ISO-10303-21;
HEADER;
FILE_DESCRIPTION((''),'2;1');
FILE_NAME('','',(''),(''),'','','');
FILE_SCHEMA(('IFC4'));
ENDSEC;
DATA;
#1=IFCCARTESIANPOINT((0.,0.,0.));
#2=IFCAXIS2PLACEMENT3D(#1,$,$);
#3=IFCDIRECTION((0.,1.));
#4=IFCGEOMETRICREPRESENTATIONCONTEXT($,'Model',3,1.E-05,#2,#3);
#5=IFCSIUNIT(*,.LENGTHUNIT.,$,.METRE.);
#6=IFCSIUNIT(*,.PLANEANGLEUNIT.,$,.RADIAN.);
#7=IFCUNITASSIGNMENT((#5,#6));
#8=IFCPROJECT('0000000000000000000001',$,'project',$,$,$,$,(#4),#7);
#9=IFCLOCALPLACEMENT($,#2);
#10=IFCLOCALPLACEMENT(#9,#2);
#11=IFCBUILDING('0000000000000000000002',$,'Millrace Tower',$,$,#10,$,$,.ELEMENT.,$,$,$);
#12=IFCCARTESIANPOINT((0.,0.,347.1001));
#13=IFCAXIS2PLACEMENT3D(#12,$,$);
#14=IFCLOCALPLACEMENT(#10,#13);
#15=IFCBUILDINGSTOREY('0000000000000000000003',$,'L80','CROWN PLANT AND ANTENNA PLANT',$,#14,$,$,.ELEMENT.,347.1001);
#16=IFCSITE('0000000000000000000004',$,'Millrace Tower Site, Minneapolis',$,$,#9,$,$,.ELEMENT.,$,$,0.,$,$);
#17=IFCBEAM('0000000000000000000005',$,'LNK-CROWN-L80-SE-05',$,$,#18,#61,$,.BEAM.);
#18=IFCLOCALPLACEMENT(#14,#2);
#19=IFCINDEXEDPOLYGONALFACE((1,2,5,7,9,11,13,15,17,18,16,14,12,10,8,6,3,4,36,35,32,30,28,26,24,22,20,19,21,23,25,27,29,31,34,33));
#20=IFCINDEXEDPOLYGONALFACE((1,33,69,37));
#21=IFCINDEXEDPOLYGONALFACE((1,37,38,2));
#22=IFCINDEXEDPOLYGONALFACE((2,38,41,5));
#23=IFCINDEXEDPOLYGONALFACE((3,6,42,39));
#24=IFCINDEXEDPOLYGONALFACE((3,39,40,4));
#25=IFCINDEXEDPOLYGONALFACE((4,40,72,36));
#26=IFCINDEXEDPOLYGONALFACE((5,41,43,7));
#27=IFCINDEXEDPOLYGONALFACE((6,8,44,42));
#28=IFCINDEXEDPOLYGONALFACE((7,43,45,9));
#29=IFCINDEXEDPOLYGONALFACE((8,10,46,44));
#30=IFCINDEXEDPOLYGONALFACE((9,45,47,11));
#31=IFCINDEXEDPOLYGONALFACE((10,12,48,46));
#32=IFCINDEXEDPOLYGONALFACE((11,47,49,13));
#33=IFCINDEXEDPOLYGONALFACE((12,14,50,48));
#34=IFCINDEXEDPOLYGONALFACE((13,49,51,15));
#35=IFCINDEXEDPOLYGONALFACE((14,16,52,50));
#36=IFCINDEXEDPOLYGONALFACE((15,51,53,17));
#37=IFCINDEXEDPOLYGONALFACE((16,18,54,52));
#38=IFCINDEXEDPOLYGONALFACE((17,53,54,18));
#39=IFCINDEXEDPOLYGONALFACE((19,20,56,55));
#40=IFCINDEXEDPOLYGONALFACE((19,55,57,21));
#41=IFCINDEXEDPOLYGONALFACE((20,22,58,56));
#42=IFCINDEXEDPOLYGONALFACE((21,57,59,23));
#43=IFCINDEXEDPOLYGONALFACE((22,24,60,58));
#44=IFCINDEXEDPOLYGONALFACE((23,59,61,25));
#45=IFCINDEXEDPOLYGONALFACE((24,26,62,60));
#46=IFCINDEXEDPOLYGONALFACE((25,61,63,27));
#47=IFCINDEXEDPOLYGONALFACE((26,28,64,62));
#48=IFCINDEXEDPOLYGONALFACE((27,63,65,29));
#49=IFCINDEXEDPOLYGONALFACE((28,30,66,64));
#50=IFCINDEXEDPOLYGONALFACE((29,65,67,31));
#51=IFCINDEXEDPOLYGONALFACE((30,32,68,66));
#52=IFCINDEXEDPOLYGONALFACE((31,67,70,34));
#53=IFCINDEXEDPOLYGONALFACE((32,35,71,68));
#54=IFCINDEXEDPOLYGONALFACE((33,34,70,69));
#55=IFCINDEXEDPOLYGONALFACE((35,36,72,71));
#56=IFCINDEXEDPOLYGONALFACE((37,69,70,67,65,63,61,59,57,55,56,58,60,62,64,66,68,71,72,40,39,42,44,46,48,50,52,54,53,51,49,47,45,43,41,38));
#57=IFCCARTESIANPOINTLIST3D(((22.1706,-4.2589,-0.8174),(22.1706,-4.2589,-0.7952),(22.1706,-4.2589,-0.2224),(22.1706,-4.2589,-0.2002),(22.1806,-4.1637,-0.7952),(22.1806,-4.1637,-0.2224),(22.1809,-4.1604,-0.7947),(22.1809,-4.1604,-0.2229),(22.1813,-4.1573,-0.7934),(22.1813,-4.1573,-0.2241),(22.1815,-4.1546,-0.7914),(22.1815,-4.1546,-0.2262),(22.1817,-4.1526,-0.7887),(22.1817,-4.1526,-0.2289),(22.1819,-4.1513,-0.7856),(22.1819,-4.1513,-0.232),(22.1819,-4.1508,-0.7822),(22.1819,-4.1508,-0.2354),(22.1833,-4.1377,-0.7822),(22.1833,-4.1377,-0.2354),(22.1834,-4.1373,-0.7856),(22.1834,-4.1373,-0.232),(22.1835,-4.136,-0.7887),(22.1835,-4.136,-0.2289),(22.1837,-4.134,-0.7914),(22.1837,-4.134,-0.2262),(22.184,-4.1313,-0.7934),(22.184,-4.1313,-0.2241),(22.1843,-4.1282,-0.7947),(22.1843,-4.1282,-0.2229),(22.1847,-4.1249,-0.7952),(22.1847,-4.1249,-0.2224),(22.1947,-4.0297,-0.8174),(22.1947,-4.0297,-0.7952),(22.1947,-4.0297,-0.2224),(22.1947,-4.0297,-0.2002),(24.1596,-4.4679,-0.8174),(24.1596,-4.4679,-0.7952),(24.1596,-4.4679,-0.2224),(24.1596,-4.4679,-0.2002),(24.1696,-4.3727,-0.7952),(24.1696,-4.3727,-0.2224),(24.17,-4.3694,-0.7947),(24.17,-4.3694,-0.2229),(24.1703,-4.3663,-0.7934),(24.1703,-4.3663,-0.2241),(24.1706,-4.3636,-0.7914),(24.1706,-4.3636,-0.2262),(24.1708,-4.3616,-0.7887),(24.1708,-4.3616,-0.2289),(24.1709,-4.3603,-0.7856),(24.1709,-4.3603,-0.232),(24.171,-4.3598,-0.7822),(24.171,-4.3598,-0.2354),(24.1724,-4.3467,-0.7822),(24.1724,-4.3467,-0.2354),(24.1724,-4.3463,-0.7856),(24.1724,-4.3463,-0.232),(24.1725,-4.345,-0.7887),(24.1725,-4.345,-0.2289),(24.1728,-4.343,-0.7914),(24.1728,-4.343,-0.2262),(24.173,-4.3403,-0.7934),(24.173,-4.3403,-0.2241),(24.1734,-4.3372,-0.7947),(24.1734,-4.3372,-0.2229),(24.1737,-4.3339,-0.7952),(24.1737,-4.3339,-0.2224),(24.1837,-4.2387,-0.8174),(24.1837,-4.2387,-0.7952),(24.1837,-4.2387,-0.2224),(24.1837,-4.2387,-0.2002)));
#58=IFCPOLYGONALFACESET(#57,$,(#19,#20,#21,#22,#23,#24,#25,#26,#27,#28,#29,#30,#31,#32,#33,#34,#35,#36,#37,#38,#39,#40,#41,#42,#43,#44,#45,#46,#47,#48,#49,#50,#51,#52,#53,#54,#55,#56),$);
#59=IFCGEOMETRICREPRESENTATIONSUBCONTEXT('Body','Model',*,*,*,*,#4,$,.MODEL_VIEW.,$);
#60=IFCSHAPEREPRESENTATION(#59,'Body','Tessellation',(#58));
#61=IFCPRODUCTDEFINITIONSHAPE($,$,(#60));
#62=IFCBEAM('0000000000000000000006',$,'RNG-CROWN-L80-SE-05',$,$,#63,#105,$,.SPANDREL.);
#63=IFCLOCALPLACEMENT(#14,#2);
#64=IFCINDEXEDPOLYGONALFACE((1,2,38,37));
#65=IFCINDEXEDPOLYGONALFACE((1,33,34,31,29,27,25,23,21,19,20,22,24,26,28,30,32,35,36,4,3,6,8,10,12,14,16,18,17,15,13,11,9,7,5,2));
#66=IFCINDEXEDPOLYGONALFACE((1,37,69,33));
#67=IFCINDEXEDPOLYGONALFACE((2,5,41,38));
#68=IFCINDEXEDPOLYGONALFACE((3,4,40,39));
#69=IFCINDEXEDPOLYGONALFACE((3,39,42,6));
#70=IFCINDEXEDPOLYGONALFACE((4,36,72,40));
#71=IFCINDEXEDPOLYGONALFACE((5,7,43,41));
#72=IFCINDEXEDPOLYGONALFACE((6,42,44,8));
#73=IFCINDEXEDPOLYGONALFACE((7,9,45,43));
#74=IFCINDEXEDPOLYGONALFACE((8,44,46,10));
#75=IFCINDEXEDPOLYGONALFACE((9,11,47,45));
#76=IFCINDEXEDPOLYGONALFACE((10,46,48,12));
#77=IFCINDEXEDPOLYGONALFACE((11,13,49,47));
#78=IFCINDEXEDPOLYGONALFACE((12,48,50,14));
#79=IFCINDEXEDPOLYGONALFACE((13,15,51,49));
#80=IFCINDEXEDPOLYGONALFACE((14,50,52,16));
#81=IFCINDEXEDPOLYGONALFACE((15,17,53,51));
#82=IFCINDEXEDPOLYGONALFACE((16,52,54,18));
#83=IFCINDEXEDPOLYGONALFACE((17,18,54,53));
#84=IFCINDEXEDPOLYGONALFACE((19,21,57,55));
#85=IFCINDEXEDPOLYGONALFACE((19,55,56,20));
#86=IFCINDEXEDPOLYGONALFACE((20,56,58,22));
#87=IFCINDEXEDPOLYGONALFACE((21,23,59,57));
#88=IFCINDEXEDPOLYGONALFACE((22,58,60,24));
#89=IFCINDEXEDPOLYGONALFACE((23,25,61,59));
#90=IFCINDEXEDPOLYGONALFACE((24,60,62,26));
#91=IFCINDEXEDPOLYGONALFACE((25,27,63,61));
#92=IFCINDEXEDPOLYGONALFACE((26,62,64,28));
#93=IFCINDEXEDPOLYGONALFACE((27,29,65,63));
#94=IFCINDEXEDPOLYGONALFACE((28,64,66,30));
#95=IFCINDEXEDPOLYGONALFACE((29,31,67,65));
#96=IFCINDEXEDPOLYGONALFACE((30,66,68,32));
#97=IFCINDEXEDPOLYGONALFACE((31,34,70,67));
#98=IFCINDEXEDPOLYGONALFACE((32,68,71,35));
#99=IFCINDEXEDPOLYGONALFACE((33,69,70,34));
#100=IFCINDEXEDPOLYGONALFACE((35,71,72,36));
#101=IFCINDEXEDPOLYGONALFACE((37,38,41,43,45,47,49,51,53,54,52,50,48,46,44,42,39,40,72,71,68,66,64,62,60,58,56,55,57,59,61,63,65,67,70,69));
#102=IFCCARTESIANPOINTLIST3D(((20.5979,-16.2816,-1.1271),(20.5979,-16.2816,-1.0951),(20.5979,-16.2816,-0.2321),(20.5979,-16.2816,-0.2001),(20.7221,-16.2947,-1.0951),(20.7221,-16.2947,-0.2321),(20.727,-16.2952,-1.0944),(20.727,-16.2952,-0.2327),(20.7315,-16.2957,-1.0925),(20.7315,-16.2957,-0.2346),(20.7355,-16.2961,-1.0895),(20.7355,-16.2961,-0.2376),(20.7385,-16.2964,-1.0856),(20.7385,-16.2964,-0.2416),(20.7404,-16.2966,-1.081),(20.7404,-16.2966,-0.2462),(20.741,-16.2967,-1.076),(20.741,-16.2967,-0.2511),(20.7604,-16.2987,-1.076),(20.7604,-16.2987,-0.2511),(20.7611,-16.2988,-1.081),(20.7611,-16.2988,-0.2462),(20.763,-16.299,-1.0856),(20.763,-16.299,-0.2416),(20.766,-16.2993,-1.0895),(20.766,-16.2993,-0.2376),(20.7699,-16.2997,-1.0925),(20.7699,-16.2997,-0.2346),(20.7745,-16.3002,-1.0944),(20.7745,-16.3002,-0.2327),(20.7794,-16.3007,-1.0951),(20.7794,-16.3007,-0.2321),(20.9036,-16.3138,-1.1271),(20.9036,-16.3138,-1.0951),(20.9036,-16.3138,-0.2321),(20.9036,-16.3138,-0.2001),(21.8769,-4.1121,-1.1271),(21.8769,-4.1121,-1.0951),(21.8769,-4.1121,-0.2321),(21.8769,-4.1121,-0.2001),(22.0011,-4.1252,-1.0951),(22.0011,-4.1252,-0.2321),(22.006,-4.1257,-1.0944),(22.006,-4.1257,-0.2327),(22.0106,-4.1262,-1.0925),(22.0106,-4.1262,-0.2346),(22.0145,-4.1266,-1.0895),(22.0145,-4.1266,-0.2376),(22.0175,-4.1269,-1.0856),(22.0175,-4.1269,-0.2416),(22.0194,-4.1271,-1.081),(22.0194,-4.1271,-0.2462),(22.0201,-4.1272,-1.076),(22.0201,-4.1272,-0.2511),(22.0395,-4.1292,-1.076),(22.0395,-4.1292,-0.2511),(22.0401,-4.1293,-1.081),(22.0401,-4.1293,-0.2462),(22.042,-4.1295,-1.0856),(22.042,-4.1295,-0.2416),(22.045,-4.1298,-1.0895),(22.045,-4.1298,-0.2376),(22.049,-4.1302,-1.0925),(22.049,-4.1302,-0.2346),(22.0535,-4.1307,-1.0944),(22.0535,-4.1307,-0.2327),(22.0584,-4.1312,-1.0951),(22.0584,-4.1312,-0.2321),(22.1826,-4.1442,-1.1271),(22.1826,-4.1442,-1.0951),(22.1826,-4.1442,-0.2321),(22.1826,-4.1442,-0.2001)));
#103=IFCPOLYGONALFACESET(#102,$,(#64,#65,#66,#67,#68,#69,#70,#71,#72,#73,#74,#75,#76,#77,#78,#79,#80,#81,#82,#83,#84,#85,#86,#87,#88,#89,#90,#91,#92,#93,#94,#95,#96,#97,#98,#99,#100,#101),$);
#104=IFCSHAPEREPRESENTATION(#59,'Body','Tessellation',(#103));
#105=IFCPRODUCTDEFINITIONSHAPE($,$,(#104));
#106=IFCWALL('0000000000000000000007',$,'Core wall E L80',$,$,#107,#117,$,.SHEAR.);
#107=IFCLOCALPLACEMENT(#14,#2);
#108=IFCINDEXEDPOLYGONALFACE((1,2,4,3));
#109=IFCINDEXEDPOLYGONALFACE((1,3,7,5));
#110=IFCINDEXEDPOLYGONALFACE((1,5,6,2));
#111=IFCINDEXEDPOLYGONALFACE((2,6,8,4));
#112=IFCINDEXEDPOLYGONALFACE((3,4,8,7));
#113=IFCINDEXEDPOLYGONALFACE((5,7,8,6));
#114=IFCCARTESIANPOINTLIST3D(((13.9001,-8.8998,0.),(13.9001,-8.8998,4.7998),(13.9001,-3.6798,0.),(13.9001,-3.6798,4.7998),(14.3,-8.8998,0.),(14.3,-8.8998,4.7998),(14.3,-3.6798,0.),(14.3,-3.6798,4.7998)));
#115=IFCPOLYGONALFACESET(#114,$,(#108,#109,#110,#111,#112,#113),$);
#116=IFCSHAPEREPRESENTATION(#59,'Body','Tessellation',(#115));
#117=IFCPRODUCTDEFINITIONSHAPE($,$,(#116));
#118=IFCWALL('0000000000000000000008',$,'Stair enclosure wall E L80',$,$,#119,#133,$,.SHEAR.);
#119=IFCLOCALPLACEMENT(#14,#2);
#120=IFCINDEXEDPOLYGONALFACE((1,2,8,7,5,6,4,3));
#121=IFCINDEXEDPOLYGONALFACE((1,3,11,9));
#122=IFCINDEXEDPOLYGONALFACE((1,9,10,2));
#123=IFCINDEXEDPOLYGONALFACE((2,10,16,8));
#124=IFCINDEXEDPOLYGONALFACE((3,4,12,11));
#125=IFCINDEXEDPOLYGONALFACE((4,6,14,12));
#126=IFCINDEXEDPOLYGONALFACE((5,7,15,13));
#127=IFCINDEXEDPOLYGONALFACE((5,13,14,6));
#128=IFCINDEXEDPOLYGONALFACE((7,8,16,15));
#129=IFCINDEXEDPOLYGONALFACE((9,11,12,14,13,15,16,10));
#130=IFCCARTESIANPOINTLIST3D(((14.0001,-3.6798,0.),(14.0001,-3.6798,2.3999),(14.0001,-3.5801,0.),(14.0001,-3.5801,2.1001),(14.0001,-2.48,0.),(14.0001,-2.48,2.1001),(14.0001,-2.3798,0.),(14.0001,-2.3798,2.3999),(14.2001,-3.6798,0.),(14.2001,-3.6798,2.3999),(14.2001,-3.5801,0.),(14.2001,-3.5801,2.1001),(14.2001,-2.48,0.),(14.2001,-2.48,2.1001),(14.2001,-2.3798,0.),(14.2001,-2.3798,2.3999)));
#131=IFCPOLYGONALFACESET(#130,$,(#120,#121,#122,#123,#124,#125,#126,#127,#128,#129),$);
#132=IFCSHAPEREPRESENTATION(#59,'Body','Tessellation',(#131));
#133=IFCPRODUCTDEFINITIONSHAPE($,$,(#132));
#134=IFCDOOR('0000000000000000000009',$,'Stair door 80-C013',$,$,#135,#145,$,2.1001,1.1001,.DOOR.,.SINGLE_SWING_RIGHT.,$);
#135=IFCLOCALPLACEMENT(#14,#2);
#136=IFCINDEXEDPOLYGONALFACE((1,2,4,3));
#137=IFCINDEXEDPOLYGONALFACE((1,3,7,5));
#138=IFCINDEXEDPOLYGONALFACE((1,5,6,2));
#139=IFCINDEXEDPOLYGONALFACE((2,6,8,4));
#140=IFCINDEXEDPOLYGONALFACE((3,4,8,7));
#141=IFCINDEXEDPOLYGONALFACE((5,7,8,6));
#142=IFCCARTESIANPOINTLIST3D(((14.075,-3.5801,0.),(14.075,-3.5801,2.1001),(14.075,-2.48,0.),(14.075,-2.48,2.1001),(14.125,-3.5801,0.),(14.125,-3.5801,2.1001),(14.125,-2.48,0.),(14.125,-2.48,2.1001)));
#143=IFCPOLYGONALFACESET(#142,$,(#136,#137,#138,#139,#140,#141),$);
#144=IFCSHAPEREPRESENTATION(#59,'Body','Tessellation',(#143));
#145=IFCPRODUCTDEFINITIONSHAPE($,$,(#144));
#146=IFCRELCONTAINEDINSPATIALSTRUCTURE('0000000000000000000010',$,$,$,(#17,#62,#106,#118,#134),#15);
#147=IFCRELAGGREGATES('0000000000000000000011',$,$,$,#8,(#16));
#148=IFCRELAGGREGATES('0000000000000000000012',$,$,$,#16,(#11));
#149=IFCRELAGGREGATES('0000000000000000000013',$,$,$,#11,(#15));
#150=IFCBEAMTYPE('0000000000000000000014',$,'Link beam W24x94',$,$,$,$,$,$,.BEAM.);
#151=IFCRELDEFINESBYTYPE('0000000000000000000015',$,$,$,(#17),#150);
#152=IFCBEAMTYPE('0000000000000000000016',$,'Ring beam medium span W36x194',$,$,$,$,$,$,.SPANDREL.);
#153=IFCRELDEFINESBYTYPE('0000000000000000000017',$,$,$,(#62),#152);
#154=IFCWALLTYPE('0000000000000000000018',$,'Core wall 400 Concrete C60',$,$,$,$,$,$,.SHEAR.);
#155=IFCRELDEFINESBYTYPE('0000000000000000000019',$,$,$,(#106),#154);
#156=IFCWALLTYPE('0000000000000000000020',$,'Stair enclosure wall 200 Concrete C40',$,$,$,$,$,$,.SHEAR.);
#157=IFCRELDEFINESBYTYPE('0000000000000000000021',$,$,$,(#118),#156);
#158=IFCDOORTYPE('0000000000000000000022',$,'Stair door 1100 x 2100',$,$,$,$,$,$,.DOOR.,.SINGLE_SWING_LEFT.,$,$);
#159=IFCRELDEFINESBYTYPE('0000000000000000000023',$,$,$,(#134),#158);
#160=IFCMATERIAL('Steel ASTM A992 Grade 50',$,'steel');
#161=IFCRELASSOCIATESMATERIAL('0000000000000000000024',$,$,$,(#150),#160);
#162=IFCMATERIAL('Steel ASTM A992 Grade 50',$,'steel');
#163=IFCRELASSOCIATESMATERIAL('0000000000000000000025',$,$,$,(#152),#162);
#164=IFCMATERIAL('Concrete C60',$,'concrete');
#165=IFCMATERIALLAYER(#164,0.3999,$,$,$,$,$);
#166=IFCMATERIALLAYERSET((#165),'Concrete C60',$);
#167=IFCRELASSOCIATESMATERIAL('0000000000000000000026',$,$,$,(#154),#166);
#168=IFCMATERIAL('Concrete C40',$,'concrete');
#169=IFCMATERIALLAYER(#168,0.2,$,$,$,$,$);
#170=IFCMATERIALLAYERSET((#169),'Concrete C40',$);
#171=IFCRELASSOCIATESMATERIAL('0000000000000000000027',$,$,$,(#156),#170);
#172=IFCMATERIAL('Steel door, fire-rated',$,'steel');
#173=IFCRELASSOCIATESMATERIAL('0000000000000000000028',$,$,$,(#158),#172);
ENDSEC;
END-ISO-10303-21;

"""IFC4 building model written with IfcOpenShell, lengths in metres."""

from ifc_helpers import new_model, si_unit, direction, frame, frame_2d, origin, origin_2d, place, context, subcontext, project, spatial, rectangle, i_section, extrude, material, layer, layer_set, material_profile, profile_set, type_object, element, fill, save


model = new_model("IFC4")

# Units and contexts
model_context = context("Model", 3, precision=1e-05, world=origin(), true_north=direction((0.0, 1.0)))
body_context = subcontext(model_context, "Body", "Model", "MODEL_VIEW")
ifc_project = project(units=[si_unit("LENGTHUNIT", "METRE"), si_unit("PLANEANGLEUNIT", "RADIAN")], contexts=[model_context])

# Site, building, storey
site_placement = place(None, origin())
site = spatial("IfcSite", under=ifc_project, at=site_placement, Name="Millrace Tower Site, Minneapolis", CompositionType="ELEMENT", RefElevation=0.0)
building_placement = place(site_placement, origin())
building = spatial("IfcBuilding", under=site, at=building_placement, Name="Millrace Tower", CompositionType="ELEMENT")
storey_placement = place(building_placement, frame((0.0, 0.0, 347.1001)))
storey = spatial("IfcBuildingStorey", under=building, at=storey_placement, Name="L80", Description="CROWN PLANT AND ANTENNA PLANT", CompositionType="ELEMENT", Elevation=347.1001)

# Beams
ifc_material_1 = material(Name="Steel ASTM A992 Grade 50", Category="steel")
ifc_material_profile_1 = material_profile(ifc_material_1, i_section(OverallWidth=0.2305, OverallDepth=0.6172, WebThickness=0.0132, FlangeThickness=0.0222, FilletRadius=0.0129, at=origin_2d()))
ifc_profile_set_1 = profile_set([ifc_material_profile_1], Name="Steel ASTM A992 Grade 50")
beam_type_1 = type_object("IfcBeamType", Name="Link beam W24x94", PredefinedType="BEAM", material=ifc_profile_set_1)
beam_1_placement = place(storey_placement, frame((22.1826, -4.1443, -0.5088), z_axis=(0.994526, -0.104494, 0.0), x_axis=(0.104494, 0.994526, 0.0)))
element("IfcBeam", 1, at=beam_1_placement, inside=storey, type_object=beam_type_1, Name="LNK-CROWN-L80-SE-05", PredefinedType="BEAM", context=body_context, shape_type="SweptSolid", body=[
    extrude(i_section(OverallWidth=0.2305, OverallDepth=0.6172, WebThickness=0.0132, FlangeThickness=0.0222, FilletRadius=0.0129, at=origin_2d()), origin(), (0.0, 0.0, 1.0), 2.0),
])
ifc_material_2 = material(Name="Steel ASTM A992 Grade 50", Category="steel")
ifc_material_profile_2 = material_profile(ifc_material_2, i_section(OverallWidth=0.3074, OverallDepth=0.927, WebThickness=0.0195, FlangeThickness=0.032, FilletRadius=0.019, at=origin_2d()))
ifc_profile_set_2 = profile_set([ifc_material_profile_2], Name="Steel ASTM A992 Grade 50")
beam_type_2 = type_object("IfcBeamType", Name="Ring beam medium span W36x194", PredefinedType="SPANDREL", material=ifc_profile_set_2)
beam_2_placement = place(storey_placement, frame((22.0298, -4.1282, -0.6636), z_axis=(-0.104528, -0.994522, 0.0), x_axis=(0.994522, -0.104528, 0.0)))
element("IfcBeam", 2, at=beam_2_placement, inside=storey, type_object=beam_type_2, Name="RNG-CROWN-L80-SE-05", PredefinedType="SPANDREL", context=body_context, shape_type="SweptSolid", body=[
    extrude(i_section(OverallWidth=0.3074, OverallDepth=0.927, WebThickness=0.0195, FlangeThickness=0.032, FilletRadius=0.019, at=origin_2d()), origin(), (0.0, 0.0, 1.0), 12.2366),
])

# Wall
ifc_material_3 = material(Name="Concrete C60", Category="concrete")
ifc_layer_1 = layer(ifc_material_3, 0.3999)
ifc_layer_set_1 = layer_set([ifc_layer_1], Name="Concrete C60")
wall_type_1 = type_object("IfcWallType", Name="Core wall 400 Concrete C60", PredefinedType="SHEAR", material=ifc_layer_set_1)
wall_1_placement = place(storey_placement, frame((14.1001, -3.6799, 0.0), z_axis=(0.0, 0.0, 1.0), x_axis=(0.0, -1.0, 0.0)))
element("IfcWall", 3, at=wall_1_placement, inside=storey, type_object=wall_type_1, Name="Core wall E L80", PredefinedType="SHEAR", context=body_context, shape_type="SweptSolid", body=[
    extrude(rectangle(XDim=5.22, YDim=0.3999, at=frame_2d((2.6099, 0.0))), origin(), (0.0, 0.0, 1.0), 4.7998),
])

# Wall, opening, door
ifc_material_4 = material(Name="Concrete C40", Category="concrete")
ifc_layer_2 = layer(ifc_material_4, 0.2)
ifc_layer_set_2 = layer_set([ifc_layer_2], Name="Concrete C40")
wall_type_2 = type_object("IfcWallType", Name="Stair enclosure wall 200 Concrete C40", PredefinedType="SHEAR", material=ifc_layer_set_2)
wall_2_placement = place(storey_placement, frame((14.1001, -2.3799, 0.0), z_axis=(0.0, 0.0, 1.0), x_axis=(0.0, -1.0, 0.0)))
wall_2 = element("IfcWall", 4, at=wall_2_placement, inside=storey, type_object=wall_type_2, Name="Stair enclosure wall E L80", PredefinedType="SHEAR", context=body_context, shape_type="SweptSolid", body=[
    extrude(rectangle(XDim=1.3, YDim=0.2, at=frame_2d((0.6499, 0.0))), origin(), (0.0, 0.0, 1.0), 2.3999),
])
opening_1_placement = place(wall_2_placement, frame((0.1001, 0.0, 0.0)))
opening_1 = element("IfcOpeningElement", 5, at=opening_1_placement, cuts=wall_2, PredefinedType="OPENING", context=body_context, shape_type="SweptSolid", body=[
    extrude(rectangle(XDim=1.1001, YDim=2.1001, at=frame_2d((0.55, 1.05))), frame((0.0, 0.1099, 0.0), z_axis=(0.0, -1.0, 0.0), x_axis=(1.0, 0.0, 0.0)), (0.0, 0.0, 1.0), 0.22),
])
ifc_material_5 = material(Name="Steel door, fire-rated", Category="steel")
door_type_1 = type_object("IfcDoorType", Name="Stair door 1100 x 2100", OperationType="SINGLE_SWING_LEFT", PredefinedType="DOOR", material=ifc_material_5)
door_1_placement = place(opening_1_placement, origin())
door_1 = element("IfcDoor", 6, at=door_1_placement, inside=storey, type_object=door_type_1, Name="Stair door 80-C013", OperationType="SINGLE_SWING_RIGHT", OverallHeight=2.1001, OverallWidth=1.1001, PredefinedType="DOOR", context=body_context, shape_type="SweptSolid", body=[
    extrude(rectangle(XDim=1.1001, YDim=2.1001, at=frame_2d((0.55, 1.05))), frame((0.0, 0.0249, 0.0), z_axis=(0.0, -1.0, 0.0), x_axis=(1.0, 0.0, 0.0)), (0.0, 0.0, 1.0), 0.05),
])
fill(opening_1, door_1)

save(model, "model.ifc")
